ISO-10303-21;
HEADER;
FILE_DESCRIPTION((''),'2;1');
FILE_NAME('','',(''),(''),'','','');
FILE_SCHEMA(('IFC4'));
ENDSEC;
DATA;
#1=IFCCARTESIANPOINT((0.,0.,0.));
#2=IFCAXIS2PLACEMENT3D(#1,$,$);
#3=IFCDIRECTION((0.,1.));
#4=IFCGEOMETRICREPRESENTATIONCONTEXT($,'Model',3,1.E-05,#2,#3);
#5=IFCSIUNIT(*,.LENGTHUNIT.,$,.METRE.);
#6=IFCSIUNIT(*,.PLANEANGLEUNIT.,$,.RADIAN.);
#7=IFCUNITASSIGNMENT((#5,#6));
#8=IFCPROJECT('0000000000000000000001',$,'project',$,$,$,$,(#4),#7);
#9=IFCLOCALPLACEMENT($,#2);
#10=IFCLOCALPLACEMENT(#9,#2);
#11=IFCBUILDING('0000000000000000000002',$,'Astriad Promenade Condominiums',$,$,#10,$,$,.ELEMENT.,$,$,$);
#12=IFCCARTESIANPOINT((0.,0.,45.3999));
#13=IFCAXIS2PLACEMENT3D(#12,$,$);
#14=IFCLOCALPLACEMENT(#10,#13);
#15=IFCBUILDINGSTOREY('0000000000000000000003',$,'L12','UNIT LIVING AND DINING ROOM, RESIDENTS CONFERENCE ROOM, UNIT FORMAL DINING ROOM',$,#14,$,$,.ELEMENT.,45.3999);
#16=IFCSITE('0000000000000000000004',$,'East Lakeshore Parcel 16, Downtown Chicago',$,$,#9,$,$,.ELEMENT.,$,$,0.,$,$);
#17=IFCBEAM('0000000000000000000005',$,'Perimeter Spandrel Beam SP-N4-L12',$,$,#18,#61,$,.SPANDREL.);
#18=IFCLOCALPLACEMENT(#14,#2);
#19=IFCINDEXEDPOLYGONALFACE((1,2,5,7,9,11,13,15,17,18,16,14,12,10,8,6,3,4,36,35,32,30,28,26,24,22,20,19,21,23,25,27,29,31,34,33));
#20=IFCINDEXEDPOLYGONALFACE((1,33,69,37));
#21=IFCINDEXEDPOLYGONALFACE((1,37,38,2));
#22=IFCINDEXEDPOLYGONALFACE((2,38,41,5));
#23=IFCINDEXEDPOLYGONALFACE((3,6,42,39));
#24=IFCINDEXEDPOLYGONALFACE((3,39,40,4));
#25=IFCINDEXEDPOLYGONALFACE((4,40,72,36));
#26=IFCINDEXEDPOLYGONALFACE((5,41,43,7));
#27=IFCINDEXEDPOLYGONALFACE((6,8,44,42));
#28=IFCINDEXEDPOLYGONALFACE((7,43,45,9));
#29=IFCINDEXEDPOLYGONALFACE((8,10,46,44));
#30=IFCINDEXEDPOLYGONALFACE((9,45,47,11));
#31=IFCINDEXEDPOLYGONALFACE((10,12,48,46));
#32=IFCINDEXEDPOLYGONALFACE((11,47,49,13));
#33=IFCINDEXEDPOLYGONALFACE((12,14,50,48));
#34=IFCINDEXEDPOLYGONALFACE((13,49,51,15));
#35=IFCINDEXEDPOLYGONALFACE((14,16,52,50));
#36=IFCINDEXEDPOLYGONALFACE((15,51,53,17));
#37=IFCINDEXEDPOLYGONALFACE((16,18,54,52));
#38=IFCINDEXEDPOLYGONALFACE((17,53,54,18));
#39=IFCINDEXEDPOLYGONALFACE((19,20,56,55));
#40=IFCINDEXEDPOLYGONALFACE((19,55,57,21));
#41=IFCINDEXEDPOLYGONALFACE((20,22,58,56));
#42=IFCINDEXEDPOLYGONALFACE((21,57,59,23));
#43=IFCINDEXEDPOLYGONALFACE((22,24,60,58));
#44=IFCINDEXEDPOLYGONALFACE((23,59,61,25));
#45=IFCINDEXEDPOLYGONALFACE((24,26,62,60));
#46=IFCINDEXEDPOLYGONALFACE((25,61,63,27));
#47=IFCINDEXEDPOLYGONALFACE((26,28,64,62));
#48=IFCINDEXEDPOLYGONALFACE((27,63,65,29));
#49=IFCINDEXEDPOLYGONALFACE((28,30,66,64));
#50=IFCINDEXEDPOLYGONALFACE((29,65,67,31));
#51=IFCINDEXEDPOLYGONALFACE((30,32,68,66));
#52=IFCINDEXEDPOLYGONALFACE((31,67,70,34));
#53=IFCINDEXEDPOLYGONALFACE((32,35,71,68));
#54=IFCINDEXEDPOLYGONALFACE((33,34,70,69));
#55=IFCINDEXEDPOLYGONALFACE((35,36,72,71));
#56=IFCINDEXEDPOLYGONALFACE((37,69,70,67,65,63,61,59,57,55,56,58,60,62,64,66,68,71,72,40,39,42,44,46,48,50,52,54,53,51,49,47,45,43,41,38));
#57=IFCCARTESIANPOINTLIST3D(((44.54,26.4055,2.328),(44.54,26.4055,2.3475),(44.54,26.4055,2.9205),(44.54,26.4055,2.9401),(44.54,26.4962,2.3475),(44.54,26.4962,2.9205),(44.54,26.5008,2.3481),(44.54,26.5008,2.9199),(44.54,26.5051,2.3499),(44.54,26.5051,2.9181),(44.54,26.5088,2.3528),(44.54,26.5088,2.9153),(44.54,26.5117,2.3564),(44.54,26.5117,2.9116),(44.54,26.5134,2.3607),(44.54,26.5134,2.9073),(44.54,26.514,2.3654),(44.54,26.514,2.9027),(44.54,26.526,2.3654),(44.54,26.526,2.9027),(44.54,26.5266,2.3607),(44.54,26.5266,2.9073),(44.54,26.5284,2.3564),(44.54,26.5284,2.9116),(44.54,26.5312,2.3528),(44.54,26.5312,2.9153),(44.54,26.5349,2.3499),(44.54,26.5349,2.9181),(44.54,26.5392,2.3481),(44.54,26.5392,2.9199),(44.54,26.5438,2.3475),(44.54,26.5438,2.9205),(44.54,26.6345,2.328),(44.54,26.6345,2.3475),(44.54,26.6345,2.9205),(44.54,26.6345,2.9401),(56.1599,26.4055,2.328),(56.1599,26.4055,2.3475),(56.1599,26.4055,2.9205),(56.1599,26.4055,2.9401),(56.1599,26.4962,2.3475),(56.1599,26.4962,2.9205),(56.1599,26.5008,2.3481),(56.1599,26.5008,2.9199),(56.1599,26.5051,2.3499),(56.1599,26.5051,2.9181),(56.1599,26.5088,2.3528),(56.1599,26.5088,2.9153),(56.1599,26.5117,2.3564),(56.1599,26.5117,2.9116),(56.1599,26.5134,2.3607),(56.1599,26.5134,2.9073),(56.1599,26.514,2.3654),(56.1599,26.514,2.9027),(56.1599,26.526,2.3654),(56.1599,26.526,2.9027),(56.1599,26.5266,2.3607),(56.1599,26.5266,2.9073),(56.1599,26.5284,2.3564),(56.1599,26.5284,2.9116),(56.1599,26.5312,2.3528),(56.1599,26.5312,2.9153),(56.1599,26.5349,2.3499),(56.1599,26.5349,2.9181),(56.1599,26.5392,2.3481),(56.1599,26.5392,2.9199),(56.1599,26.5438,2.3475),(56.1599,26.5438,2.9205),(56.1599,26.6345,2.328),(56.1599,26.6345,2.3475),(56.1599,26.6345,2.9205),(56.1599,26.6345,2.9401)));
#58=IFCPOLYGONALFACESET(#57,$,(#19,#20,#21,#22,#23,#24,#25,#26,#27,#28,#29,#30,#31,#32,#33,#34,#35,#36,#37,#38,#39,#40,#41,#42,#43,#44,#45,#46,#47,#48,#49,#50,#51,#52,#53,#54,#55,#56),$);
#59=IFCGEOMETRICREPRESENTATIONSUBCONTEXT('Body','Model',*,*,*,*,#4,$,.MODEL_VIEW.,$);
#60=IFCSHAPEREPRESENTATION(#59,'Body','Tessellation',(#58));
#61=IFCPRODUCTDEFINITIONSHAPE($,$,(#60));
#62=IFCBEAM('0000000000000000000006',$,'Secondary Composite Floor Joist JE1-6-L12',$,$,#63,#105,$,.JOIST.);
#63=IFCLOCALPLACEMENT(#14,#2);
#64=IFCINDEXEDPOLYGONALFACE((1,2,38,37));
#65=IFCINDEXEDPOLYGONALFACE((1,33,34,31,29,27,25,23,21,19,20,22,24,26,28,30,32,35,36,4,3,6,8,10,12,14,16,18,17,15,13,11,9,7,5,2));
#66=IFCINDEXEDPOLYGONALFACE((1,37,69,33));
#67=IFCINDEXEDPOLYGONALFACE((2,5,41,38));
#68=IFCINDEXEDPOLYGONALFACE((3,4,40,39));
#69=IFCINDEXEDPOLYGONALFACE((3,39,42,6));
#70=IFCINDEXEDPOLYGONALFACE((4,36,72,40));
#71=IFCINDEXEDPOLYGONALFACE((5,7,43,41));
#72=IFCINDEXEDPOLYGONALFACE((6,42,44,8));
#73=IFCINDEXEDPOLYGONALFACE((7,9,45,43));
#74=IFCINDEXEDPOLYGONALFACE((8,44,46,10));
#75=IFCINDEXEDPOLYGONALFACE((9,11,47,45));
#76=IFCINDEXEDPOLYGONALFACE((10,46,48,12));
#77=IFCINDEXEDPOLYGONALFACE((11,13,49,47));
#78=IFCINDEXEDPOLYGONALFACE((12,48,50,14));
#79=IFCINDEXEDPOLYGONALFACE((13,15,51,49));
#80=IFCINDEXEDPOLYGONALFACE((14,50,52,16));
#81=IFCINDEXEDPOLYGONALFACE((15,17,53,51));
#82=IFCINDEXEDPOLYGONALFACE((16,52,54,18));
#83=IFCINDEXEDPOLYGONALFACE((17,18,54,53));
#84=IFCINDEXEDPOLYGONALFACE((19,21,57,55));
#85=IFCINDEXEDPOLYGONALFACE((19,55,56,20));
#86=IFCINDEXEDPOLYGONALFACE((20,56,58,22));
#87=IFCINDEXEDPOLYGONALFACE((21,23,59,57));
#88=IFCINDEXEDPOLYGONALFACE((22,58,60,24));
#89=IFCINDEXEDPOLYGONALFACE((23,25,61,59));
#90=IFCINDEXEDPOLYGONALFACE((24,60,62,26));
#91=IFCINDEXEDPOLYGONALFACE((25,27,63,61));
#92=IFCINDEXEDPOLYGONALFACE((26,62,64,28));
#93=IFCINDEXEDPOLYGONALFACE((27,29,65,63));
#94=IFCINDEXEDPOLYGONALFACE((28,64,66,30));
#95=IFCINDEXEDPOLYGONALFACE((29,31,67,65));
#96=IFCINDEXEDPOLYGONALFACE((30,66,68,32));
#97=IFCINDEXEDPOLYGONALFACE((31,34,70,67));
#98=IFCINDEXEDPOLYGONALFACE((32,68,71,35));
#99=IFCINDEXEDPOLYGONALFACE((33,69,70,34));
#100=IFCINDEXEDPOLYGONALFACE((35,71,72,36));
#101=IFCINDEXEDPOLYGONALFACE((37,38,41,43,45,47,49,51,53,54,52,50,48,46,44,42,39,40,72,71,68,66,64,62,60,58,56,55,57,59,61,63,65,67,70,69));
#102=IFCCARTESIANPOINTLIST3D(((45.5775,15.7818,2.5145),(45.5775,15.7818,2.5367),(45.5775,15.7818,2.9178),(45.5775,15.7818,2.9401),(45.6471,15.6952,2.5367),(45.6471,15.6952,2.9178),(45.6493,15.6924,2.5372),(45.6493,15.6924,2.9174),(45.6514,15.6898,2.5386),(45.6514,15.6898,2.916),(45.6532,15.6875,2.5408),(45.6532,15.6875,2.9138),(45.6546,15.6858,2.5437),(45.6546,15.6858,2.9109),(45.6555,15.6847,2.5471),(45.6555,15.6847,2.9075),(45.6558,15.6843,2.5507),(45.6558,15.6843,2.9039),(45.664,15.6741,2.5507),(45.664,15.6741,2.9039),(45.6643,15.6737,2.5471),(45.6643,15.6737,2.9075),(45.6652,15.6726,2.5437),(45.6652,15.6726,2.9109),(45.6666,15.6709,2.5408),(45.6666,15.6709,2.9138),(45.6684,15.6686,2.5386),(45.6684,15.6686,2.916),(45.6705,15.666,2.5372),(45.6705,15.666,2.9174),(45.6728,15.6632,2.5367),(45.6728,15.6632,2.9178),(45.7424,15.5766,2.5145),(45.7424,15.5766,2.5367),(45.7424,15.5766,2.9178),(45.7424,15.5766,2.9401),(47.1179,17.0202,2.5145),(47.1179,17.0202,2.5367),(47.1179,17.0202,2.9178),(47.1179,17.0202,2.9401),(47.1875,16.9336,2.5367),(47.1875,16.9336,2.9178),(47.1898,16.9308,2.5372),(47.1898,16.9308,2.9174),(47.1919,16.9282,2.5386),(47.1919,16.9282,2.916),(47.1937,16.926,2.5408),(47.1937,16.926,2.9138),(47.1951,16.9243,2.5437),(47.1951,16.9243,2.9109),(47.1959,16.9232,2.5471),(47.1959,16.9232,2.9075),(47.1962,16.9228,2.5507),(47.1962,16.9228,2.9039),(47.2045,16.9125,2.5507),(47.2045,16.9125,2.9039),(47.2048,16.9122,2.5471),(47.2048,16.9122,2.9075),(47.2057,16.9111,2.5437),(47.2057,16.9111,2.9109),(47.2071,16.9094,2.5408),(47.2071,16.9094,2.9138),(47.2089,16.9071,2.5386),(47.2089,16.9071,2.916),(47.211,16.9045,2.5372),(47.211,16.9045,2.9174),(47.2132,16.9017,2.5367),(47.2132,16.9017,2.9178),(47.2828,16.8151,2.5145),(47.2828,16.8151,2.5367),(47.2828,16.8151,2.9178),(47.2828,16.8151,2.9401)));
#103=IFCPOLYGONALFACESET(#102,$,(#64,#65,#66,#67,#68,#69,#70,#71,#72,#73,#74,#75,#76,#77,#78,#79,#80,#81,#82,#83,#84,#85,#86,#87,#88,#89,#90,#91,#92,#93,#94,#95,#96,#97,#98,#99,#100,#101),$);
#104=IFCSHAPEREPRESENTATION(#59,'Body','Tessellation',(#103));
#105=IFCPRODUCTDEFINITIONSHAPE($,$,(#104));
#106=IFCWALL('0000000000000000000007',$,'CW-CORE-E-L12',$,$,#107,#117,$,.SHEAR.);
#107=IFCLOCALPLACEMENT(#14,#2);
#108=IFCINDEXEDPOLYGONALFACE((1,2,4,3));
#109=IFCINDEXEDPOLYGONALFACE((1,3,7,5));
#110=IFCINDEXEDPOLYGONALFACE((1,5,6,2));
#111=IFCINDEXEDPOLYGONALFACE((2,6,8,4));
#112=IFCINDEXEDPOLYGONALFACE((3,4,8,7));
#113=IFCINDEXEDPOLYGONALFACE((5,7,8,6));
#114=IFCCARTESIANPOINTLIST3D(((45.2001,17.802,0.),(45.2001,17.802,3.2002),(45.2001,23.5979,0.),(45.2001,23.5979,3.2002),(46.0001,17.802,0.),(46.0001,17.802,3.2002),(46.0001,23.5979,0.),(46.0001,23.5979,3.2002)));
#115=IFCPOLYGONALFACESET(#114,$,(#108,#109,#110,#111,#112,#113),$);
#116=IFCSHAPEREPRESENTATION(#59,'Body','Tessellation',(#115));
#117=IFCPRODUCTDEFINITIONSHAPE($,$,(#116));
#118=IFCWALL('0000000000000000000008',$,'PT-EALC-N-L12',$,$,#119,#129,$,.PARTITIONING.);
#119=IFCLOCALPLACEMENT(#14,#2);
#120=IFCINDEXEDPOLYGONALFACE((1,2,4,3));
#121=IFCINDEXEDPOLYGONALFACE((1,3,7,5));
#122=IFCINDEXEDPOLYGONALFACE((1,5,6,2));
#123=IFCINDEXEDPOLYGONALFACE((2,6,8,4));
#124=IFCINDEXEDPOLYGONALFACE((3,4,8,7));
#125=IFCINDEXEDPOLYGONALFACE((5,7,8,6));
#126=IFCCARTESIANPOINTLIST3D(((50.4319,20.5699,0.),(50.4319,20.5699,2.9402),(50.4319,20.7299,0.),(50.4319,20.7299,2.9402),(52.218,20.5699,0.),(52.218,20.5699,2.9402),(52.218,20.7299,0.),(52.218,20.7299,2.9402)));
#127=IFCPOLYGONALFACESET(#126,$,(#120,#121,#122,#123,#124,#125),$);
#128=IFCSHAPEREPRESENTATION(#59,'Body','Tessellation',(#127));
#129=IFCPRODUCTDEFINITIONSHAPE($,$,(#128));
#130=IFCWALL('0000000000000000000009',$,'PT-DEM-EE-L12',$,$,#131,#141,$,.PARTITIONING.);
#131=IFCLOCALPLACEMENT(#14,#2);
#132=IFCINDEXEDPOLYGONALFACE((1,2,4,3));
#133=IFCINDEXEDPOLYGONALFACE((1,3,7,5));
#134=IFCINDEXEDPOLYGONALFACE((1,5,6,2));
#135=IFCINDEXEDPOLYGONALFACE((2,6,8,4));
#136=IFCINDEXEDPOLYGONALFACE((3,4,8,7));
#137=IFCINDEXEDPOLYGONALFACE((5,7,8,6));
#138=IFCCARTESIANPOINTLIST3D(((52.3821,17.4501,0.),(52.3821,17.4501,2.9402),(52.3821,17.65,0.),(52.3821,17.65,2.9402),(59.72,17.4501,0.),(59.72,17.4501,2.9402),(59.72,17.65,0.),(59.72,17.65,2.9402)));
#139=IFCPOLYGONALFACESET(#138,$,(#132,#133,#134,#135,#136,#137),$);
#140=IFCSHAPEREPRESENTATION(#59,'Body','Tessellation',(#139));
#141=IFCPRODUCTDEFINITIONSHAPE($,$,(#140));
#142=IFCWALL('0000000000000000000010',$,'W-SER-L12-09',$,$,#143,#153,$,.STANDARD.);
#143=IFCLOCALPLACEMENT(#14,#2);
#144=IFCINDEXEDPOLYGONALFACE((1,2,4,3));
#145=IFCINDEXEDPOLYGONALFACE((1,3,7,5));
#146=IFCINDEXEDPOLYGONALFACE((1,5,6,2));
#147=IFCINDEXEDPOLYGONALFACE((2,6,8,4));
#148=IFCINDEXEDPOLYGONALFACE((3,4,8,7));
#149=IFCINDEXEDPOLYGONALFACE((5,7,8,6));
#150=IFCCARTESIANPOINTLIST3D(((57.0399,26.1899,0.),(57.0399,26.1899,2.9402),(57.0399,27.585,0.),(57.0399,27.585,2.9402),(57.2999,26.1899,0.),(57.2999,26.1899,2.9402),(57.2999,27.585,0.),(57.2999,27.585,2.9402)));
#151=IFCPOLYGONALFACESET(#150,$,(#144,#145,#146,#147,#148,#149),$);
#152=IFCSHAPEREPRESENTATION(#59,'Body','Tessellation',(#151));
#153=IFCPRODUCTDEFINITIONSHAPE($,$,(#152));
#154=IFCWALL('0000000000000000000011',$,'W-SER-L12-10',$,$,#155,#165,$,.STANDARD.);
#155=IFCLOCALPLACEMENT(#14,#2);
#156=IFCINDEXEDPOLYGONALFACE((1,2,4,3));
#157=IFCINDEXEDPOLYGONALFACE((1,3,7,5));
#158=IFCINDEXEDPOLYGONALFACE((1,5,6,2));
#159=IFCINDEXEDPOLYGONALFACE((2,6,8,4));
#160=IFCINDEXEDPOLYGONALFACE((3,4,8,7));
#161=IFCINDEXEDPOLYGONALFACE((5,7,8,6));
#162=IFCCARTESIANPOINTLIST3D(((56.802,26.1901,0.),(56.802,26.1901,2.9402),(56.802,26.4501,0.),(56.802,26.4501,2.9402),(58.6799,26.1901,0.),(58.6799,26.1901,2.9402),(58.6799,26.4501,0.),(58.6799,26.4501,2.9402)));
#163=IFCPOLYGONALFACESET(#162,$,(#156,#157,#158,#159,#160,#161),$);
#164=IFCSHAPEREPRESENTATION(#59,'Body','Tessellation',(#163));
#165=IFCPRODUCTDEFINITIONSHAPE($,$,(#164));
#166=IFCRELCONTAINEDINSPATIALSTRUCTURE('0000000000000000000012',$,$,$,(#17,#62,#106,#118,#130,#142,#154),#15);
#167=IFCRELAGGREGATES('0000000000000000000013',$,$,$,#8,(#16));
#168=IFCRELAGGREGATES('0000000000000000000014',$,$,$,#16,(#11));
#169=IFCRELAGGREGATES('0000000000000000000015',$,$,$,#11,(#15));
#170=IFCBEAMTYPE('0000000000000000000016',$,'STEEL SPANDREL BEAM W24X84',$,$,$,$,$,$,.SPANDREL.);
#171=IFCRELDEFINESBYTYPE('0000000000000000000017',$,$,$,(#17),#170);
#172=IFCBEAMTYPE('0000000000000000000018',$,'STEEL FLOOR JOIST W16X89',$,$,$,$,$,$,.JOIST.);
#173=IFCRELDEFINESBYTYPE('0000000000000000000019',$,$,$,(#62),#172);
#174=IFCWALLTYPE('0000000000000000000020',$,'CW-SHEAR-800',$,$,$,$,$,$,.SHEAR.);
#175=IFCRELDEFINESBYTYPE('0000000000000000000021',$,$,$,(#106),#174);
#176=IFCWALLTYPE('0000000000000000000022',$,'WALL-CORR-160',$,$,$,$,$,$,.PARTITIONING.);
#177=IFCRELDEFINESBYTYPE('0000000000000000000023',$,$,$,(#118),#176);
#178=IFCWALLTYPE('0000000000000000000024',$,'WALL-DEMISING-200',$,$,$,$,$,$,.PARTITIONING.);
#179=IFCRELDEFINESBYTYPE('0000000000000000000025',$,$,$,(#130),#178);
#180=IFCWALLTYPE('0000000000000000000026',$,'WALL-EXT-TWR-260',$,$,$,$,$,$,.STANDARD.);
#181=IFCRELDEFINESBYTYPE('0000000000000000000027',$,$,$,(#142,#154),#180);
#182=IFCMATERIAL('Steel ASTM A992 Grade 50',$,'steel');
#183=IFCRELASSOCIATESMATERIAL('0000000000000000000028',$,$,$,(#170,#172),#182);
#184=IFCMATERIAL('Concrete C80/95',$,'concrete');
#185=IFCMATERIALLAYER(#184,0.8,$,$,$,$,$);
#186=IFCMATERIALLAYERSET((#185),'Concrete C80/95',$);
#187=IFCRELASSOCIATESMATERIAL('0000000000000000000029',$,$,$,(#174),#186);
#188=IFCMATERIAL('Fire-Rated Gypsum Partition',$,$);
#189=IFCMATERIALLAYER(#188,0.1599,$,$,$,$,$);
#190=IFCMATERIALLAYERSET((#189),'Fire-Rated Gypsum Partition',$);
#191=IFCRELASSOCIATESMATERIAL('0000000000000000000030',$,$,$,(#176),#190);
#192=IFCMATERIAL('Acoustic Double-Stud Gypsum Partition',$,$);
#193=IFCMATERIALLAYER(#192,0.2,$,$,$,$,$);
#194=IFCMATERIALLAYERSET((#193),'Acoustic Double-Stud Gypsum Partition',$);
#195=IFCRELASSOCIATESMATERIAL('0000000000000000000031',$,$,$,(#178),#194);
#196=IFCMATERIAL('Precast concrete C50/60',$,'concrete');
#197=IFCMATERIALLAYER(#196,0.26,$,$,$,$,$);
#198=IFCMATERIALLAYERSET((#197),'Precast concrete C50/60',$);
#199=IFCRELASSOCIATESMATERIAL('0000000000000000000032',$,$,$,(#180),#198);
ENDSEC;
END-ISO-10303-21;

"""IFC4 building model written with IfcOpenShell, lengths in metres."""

from ifc_helpers import new_model, si_unit, direction, frame, frame_2d, origin, origin_2d, place, context, subcontext, project, spatial, rectangle, i_section, extrude, source, transform, mapped, material, layer, layer_set, material_profile, profile_set, type_object, type_shapes, element, save


model = new_model("IFC4")

# Units and contexts
model_context = context("Model", 3, precision=1e-05, world=origin(), true_north=direction((0.0, 1.0)))
body_context = subcontext(model_context, "Body", "Model", "MODEL_VIEW")
ifc_project = project(units=[si_unit("LENGTHUNIT", "METRE"), si_unit("PLANEANGLEUNIT", "RADIAN")], contexts=[model_context])

# Site, building, storey
site_placement = place(None, origin())
site = spatial("IfcSite", under=ifc_project, at=site_placement, Name="East Lakeshore Parcel 16, Downtown Chicago", CompositionType="ELEMENT", RefElevation=0.0)
building_placement = place(site_placement, origin())
building = spatial("IfcBuilding", under=site, at=building_placement, Name="Astriad Promenade Condominiums", CompositionType="ELEMENT")
storey_placement = place(building_placement, frame((0.0, 0.0, 45.3999)))
storey = spatial("IfcBuildingStorey", under=building, at=storey_placement, Name="L12", Description="UNIT LIVING AND DINING ROOM, RESIDENTS CONFERENCE ROOM, UNIT FORMAL DINING ROOM", CompositionType="ELEMENT", Elevation=45.3999)

# Shared definitions
ifc_material_1 = material(Name="Steel ASTM A992 Grade 50", Category="steel")
ifc_material_2 = material(Name="Concrete C80/95", Category="concrete")

# Beams
ifc_material_profile_1 = material_profile(ifc_material_1, i_section(OverallWidth=0.229, OverallDepth=0.6121, WebThickness=0.012, FlangeThickness=0.0195, FilletRadius=0.0178, at=origin_2d()), Name="W24X84")
ifc_profile_set_1 = profile_set([ifc_material_profile_1], Name="Steel ASTM A992 Grade 50")
beam_type_1 = type_object("IfcBeamType", Name="STEEL SPANDREL BEAM W24X84", PredefinedType="SPANDREL", material=ifc_profile_set_1)
shared_shape_1 = source(origin(), body_context, "Body", "SweptSolid", [
    extrude(i_section(OverallWidth=0.229, OverallDepth=0.6121, WebThickness=0.012, FlangeThickness=0.0195, FilletRadius=0.0178, at=origin_2d()), origin(), (0.0, 0.0, 1.0), 11.6199),
])
type_shapes(beam_type_1, [shared_shape_1])
beam_1_placement = place(storey_placement, frame((56.1599, 26.52, 2.634), z_axis=(-1.0, 0.0, 0.0), x_axis=(0.0, -1.0, 0.0)))
element("IfcBeam", 1, at=beam_1_placement, inside=storey, type_object=beam_type_1, Name="Perimeter Spandrel Beam SP-N4-L12", PredefinedType="SPANDREL", context=body_context, shape_type="MappedRepresentation", body=[
    mapped(shared_shape_1, transform((0.0, 0.0, 0.0), scale=1.0)),
])
ifc_material_profile_2 = material_profile(ifc_material_1, i_section(OverallWidth=0.2632, OverallDepth=0.4255, WebThickness=0.0132, FlangeThickness=0.0222, FilletRadius=0.0139, at=origin_2d()), Name="W16X89")
ifc_profile_set_2 = profile_set([ifc_material_profile_2], Name="Steel ASTM A992 Grade 50")
beam_type_2 = type_object("IfcBeamType", Name="STEEL FLOOR JOIST W16X89", PredefinedType="JOIST", material=ifc_profile_set_2)
shared_shape_2 = source(origin(), body_context, "Body", "SweptSolid", [
    extrude(i_section(OverallWidth=0.2632, OverallDepth=0.4255, WebThickness=0.0132, FlangeThickness=0.0222, FilletRadius=0.0139, at=origin_2d()), origin(), (0.0, 0.0, 1.0), 1.9766),
])
type_shapes(beam_type_2, [shared_shape_2])
beam_2_placement = place(storey_placement, frame((45.6599, 15.6792, 2.7273), z_axis=(0.77936, 0.626576, 0.0), x_axis=(-0.626576, 0.77936, 0.0)))
element("IfcBeam", 2, at=beam_2_placement, inside=storey, type_object=beam_type_2, Name="Secondary Composite Floor Joist JE1-6-L12", PredefinedType="JOIST", context=body_context, shape_type="MappedRepresentation", body=[
    mapped(shared_shape_2, transform((0.0, 0.0, 0.0), scale=1.0)),
])

# Walls
ifc_layer_1 = layer(ifc_material_2, 0.8)
ifc_layer_set_1 = layer_set([ifc_layer_1], Name="Concrete C80/95")
wall_type_1 = type_object("IfcWallType", Name="CW-SHEAR-800", PredefinedType="SHEAR", material=ifc_layer_set_1)
wall_1_placement = place(storey_placement, frame((45.6001, 17.802, 0.0), z_axis=(0.0, 0.0, 1.0), x_axis=(0.0, 1.0, 0.0)))
element("IfcWall", 3, at=wall_1_placement, inside=storey, type_object=wall_type_1, Name="CW-CORE-E-L12", PredefinedType="SHEAR", context=body_context, shape_type="SweptSolid", body=[
    extrude(rectangle(XDim=5.7959, YDim=0.8, at=frame_2d((2.8979, 0.0))), origin(), (0.0, 0.0, 1.0), 3.2002),
])
ifc_material_3 = material(Name="Fire-Rated Gypsum Partition")
ifc_layer_2 = layer(ifc_material_3, 0.1599)
ifc_layer_set_2 = layer_set([ifc_layer_2], Name="Fire-Rated Gypsum Partition")
wall_type_2 = type_object("IfcWallType", Name="WALL-CORR-160", PredefinedType="PARTITIONING", material=ifc_layer_set_2)
wall_2_placement = place(storey_placement, frame((50.4319, 20.6499, 0.0), z_axis=(0.0, 0.0, 1.0), x_axis=(1.0, 0.0, 0.0)))
element("IfcWall", 4, at=wall_2_placement, inside=storey, type_object=wall_type_2, Name="PT-EALC-N-L12", PredefinedType="PARTITIONING", context=body_context, shape_type="SweptSolid", body=[
    extrude(rectangle(XDim=1.7861, YDim=0.1599, at=frame_2d((0.8931, 0.0))), origin(), (0.0, 0.0, 1.0), 2.9402),
])
ifc_material_4 = material(Name="Acoustic Double-Stud Gypsum Partition")
ifc_layer_3 = layer(ifc_material_4, 0.2)
ifc_layer_set_3 = layer_set([ifc_layer_3], Name="Acoustic Double-Stud Gypsum Partition")
wall_type_3 = type_object("IfcWallType", Name="WALL-DEMISING-200", PredefinedType="PARTITIONING", material=ifc_layer_set_3)
wall_3_placement = place(storey_placement, frame((52.3821, 17.55, 0.0), z_axis=(0.0, 0.0, 1.0), x_axis=(1.0, 0.0, 0.0)))
element("IfcWall", 5, at=wall_3_placement, inside=storey, type_object=wall_type_3, Name="PT-DEM-EE-L12", PredefinedType="PARTITIONING", context=body_context, shape_type="SweptSolid", body=[
    extrude(rectangle(XDim=7.3379, YDim=0.2, at=frame_2d((3.6689, 0.0))), origin(), (0.0, 0.0, 1.0), 2.9402),
])
ifc_material_5 = material(Name="Precast concrete C50/60", Category="concrete")
ifc_layer_4 = layer(ifc_material_5, 0.26)
ifc_layer_set_4 = layer_set([ifc_layer_4], Name="Precast concrete C50/60")
wall_type_4 = type_object("IfcWallType", Name="WALL-EXT-TWR-260", PredefinedType="STANDARD", material=ifc_layer_set_4)
wall_4_placement = place(storey_placement, frame((57.1699, 27.585, 0.0), z_axis=(0.0, 0.0, 1.0), x_axis=(0.0, -1.0, 0.0)))
element("IfcWall", 6, at=wall_4_placement, inside=storey, type_object=wall_type_4, Name="W-SER-L12-09", PredefinedType="STANDARD", context=body_context, shape_type="SweptSolid", body=[
    extrude(rectangle(XDim=1.395, YDim=0.26, at=frame_2d((0.6975, 0.0))), origin(), (0.0, 0.0, 1.0), 2.9402),
])
wall_5_placement = place(storey_placement, frame((56.802, 26.3201, 0.0), z_axis=(0.0, 0.0, 1.0), x_axis=(1.0, 0.0, 0.0)))
element("IfcWall", 7, at=wall_5_placement, inside=storey, type_object=wall_type_4, Name="W-SER-L12-10", PredefinedType="STANDARD", context=body_context, shape_type="SweptSolid", body=[
    extrude(rectangle(XDim=1.8779, YDim=0.26, at=frame_2d((0.939, 0.0))), origin(), (0.0, 0.0, 1.0), 2.9402),
])

save(model, "model.ifc")
